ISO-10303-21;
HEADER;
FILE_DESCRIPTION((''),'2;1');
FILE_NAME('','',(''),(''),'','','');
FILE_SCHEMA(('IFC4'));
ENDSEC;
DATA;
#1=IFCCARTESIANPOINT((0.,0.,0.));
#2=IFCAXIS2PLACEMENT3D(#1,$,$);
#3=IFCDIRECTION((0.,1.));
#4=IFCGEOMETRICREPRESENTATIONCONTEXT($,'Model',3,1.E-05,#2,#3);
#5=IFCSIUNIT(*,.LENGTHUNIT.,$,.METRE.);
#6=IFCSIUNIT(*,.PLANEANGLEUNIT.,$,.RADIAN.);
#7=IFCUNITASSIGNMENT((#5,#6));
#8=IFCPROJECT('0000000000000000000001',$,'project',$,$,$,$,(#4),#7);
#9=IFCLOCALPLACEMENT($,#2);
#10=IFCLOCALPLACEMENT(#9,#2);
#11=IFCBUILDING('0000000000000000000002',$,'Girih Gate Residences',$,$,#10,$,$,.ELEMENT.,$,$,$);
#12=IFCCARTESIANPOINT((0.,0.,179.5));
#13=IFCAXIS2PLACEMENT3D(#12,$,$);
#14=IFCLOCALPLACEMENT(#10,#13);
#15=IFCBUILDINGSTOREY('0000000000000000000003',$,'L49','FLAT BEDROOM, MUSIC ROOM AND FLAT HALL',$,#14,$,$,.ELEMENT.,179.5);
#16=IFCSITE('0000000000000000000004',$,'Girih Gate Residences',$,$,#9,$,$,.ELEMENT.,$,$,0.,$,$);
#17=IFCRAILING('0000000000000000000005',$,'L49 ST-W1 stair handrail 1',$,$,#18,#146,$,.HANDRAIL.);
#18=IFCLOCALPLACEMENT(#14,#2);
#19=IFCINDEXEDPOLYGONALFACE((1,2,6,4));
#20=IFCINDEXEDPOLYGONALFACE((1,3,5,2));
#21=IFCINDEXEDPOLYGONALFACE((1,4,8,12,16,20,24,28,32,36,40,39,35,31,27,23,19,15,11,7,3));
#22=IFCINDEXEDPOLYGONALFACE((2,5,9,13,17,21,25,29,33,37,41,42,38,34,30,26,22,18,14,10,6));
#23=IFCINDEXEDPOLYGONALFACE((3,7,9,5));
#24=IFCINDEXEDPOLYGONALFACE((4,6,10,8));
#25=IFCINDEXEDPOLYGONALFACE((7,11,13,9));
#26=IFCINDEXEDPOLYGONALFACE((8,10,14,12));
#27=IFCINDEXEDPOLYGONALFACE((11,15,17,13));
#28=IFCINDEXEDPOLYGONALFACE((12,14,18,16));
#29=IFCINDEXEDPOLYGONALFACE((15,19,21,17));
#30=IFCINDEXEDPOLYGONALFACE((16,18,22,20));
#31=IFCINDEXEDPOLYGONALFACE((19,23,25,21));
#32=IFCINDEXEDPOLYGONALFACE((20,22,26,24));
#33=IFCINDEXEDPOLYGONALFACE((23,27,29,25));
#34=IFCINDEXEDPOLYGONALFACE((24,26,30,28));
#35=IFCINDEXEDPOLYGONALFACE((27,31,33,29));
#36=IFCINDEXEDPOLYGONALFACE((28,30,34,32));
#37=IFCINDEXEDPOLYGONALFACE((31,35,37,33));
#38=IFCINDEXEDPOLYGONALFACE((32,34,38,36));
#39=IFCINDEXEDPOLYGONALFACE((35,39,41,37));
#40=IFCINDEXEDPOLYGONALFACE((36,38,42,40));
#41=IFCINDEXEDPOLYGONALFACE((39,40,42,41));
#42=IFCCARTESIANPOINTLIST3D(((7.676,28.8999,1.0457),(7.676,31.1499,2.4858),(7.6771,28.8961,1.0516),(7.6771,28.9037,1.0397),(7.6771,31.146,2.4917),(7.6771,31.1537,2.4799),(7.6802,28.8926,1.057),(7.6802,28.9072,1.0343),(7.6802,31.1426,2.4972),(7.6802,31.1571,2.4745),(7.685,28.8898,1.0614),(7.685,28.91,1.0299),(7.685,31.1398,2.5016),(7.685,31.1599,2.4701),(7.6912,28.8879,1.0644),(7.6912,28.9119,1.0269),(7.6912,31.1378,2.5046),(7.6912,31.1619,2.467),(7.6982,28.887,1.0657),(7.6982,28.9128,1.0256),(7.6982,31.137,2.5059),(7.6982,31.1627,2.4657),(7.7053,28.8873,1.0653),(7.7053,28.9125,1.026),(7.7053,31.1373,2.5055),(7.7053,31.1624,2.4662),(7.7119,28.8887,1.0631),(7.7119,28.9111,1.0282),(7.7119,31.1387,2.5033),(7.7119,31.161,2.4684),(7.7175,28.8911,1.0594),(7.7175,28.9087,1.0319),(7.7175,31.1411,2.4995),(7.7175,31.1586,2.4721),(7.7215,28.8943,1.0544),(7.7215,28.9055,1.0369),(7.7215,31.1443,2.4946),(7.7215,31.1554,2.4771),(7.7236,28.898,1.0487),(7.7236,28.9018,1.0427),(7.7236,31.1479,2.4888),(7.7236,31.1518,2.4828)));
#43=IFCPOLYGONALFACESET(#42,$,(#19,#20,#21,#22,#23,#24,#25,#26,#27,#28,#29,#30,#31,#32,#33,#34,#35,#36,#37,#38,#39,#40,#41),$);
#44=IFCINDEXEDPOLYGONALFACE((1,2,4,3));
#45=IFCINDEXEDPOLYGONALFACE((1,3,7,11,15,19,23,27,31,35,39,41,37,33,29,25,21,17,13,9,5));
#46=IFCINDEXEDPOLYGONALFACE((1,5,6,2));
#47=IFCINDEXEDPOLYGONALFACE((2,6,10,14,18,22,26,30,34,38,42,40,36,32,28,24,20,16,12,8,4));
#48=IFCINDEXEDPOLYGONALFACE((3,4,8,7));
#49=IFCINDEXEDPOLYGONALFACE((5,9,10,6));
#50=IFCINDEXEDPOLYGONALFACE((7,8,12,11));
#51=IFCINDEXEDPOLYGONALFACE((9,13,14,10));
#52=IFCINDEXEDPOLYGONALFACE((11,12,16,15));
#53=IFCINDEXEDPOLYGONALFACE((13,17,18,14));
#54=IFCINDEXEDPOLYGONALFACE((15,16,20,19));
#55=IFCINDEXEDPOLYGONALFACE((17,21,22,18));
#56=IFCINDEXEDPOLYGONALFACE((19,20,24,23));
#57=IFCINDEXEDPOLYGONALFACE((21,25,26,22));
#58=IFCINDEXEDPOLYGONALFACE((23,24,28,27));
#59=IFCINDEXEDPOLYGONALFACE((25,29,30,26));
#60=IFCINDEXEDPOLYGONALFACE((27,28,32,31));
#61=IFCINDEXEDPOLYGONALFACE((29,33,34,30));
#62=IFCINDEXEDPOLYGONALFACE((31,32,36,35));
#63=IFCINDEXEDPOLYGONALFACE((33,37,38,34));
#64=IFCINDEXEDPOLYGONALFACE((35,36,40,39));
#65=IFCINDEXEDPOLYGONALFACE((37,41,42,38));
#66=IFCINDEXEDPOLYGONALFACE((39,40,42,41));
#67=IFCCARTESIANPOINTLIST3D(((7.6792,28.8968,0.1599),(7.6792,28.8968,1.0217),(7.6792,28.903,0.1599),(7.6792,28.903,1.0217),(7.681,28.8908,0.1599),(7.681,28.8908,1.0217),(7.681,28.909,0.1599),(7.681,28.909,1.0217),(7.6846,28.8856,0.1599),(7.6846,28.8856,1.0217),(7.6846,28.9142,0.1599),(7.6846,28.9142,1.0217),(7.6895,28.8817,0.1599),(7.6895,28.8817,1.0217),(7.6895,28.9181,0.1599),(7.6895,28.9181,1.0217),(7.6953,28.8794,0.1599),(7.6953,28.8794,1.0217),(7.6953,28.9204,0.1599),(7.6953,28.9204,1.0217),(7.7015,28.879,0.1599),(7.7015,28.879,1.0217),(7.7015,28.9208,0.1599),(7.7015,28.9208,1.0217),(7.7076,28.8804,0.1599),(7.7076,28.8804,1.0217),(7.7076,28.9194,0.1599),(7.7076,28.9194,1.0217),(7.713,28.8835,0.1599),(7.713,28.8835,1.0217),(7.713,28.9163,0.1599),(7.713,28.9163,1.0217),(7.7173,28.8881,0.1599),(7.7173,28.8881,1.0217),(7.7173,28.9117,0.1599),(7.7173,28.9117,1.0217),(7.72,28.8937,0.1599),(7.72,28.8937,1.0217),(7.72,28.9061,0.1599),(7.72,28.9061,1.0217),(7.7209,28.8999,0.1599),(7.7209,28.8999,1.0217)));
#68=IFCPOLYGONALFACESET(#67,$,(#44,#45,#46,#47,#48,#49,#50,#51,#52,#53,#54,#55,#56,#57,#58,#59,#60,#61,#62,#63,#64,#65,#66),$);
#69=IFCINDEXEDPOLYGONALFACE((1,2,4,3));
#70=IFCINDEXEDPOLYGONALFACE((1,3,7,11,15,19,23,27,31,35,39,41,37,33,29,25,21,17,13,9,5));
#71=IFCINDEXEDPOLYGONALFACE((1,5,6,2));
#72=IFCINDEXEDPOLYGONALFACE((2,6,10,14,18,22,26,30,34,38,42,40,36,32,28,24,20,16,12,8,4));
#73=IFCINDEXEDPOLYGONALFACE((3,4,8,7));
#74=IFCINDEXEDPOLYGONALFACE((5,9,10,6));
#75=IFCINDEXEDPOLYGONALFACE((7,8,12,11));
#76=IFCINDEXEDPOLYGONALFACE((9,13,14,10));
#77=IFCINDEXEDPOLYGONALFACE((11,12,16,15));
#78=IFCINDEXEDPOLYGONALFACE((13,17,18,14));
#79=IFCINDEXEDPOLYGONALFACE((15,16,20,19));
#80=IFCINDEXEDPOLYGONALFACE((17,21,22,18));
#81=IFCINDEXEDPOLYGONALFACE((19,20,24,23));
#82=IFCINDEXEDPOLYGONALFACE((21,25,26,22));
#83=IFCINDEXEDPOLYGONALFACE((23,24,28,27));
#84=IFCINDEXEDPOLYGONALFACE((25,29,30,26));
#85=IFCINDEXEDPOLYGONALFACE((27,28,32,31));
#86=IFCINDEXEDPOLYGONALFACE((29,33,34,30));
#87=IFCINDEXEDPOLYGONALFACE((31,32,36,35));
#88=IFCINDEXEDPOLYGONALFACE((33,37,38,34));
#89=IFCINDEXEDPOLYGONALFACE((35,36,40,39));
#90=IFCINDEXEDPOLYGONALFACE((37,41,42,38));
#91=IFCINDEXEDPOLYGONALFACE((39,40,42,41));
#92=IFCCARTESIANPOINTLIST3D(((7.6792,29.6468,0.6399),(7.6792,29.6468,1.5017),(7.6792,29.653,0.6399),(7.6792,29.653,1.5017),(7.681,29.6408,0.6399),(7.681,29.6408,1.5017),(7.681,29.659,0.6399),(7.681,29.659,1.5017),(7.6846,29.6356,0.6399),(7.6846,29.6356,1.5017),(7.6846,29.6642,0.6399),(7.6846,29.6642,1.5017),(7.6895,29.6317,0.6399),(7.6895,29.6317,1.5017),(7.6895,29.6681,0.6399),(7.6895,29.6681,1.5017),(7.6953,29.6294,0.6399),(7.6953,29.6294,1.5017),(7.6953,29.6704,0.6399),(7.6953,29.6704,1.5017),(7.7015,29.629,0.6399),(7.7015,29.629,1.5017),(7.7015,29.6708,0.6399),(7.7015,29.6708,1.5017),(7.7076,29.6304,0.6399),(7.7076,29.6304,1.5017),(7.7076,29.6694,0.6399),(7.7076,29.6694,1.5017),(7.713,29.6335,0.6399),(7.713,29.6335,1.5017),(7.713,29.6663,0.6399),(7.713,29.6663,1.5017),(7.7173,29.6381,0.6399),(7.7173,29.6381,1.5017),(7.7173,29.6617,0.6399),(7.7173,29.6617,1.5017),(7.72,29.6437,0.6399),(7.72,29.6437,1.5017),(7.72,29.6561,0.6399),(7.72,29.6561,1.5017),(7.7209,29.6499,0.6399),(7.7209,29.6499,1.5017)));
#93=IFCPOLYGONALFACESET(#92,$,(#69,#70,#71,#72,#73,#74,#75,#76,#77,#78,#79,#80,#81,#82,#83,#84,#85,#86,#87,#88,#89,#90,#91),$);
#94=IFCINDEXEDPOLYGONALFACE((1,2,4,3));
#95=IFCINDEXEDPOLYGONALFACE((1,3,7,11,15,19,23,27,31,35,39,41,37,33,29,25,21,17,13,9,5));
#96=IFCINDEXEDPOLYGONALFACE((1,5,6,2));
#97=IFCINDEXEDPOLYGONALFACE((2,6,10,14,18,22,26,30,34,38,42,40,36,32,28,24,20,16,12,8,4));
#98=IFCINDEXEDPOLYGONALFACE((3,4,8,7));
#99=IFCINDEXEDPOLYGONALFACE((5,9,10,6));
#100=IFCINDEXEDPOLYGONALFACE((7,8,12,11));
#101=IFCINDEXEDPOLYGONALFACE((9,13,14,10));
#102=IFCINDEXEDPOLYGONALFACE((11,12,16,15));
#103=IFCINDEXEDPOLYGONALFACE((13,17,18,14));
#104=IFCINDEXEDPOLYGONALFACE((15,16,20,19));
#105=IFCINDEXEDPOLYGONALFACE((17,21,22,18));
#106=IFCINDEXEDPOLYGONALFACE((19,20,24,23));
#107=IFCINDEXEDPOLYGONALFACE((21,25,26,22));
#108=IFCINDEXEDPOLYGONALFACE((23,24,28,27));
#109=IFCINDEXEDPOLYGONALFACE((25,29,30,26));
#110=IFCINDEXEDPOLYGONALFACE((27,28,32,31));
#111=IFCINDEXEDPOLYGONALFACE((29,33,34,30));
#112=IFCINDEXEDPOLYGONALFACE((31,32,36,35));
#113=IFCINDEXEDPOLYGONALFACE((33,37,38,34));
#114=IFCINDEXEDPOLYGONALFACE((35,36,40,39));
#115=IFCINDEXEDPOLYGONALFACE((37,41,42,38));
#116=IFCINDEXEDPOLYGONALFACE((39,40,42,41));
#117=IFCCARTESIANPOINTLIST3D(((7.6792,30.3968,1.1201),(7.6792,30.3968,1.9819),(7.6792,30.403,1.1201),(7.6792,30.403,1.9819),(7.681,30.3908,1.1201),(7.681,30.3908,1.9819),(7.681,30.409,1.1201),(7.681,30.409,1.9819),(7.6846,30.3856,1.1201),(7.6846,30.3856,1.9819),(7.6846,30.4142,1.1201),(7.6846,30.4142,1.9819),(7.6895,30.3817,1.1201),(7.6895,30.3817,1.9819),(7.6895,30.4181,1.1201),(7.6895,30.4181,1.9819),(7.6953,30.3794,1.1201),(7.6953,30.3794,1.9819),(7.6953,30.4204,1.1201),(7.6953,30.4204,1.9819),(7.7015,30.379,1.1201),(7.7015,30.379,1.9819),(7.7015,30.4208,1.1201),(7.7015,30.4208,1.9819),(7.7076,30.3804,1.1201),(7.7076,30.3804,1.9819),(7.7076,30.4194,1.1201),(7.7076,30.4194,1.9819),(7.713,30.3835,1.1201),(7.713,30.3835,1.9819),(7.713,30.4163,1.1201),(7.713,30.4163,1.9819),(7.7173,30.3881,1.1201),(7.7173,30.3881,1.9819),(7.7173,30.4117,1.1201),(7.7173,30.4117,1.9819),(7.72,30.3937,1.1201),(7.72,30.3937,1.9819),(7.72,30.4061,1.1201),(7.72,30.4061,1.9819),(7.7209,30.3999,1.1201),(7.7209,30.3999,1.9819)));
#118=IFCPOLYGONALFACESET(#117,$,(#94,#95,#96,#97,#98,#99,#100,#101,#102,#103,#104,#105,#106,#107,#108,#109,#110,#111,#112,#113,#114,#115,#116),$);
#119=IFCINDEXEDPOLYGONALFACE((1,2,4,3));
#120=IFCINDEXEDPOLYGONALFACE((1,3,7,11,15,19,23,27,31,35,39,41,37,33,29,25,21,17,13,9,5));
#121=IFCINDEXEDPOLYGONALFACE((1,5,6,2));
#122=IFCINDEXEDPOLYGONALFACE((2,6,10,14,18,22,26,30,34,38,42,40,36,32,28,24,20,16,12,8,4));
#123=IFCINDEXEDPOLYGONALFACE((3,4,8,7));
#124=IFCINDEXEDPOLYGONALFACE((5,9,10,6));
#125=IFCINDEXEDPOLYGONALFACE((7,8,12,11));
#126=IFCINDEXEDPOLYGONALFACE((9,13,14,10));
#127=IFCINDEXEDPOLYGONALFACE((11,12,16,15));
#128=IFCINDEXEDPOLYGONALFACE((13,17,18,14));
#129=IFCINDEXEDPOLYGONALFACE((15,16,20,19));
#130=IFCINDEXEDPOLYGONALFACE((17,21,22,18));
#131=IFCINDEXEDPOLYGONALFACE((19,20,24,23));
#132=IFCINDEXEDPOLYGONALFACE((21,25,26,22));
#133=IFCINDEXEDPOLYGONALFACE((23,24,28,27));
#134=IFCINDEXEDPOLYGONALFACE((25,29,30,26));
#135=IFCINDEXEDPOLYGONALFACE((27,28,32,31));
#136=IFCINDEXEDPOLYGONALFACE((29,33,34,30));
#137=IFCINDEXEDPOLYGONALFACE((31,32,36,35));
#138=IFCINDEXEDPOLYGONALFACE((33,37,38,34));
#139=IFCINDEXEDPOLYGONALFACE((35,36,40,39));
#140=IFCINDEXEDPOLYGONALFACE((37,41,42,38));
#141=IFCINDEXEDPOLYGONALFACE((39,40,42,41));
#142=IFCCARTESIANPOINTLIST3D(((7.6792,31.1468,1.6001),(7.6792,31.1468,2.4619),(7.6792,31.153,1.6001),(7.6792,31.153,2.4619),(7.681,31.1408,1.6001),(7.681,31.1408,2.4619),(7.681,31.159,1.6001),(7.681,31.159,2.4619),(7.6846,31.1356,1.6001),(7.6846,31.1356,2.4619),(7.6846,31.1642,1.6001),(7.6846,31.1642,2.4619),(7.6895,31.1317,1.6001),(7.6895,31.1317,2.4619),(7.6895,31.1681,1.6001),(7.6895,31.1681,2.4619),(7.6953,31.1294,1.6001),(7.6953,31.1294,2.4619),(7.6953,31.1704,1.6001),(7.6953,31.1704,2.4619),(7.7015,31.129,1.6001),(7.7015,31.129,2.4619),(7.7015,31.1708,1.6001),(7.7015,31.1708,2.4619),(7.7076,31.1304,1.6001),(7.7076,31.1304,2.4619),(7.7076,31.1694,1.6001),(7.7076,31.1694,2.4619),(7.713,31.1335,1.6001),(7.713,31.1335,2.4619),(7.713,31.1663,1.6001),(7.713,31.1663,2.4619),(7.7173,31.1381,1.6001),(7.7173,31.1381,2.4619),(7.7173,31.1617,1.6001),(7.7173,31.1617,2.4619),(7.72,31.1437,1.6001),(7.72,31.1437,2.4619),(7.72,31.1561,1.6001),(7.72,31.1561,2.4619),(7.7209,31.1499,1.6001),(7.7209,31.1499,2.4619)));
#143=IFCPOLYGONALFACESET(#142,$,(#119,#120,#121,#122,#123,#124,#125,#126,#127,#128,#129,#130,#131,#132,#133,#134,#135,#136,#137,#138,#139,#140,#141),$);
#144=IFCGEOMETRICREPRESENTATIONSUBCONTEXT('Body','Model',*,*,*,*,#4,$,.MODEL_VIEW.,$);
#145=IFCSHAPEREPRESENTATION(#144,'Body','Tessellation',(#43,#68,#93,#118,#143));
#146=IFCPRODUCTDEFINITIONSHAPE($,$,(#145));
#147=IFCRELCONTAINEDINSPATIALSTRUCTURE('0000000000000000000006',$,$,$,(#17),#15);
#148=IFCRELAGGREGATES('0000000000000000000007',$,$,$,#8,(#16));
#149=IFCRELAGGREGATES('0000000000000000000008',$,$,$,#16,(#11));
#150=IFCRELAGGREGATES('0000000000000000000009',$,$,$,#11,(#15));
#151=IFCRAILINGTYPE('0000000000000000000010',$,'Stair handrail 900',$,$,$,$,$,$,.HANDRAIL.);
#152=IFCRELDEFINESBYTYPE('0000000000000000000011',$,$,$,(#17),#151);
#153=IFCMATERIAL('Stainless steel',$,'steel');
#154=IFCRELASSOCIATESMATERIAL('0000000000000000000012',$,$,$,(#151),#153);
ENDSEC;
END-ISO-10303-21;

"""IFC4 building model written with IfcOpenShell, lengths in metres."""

from ifc_helpers import new_model, si_unit, direction, frame, origin, origin_2d, place, context, subcontext, project, spatial, circle, extrude, material, type_object, element, save


model = new_model("IFC4")

# Units and contexts
model_context = context("Model", 3, precision=1e-05, world=origin(), true_north=direction((0.0, 1.0)))
body_context = subcontext(model_context, "Body", "Model", "MODEL_VIEW")
ifc_project = project(units=[si_unit("LENGTHUNIT", "METRE"), si_unit("PLANEANGLEUNIT", "RADIAN")], contexts=[model_context])

# Site, building, storey
site_placement = place(None, origin())
site = spatial("IfcSite", under=ifc_project, at=site_placement, Name="Girih Gate Residences", CompositionType="ELEMENT", RefElevation=0.0)
building_placement = place(site_placement, origin())
building = spatial("IfcBuilding", under=site, at=building_placement, Name="Girih Gate Residences", CompositionType="ELEMENT")
storey_placement = place(building_placement, frame((0.0, 0.0, 179.5)))
storey = spatial("IfcBuildingStorey", under=building, at=storey_placement, Name="L49", Description="FLAT BEDROOM, MUSIC ROOM AND FLAT HALL", CompositionType="ELEMENT", Elevation=179.5)

# Shared definitions
ifc_material_1 = material(Name="Stainless steel", Category="steel")

# Railing
railing_type_1 = type_object("IfcRailingType", Name="Stair handrail 900", PredefinedType="HANDRAIL", material=ifc_material_1)
railing_1_placement = place(storey_placement, frame((7.7, 28.8999, 0.1599)))
element("IfcRailing", 1, at=railing_1_placement, inside=storey, type_object=railing_type_1, Name="L49 ST-W1 stair handrail 1", PredefinedType="HANDRAIL", context=body_context, shape_type="SweptSolid", body=[
    extrude(circle(Radius=0.0239, at=origin_2d()), frame((0.0, 0.0, 0.8857), z_axis=(0.0, 0.84224, 0.539103), x_axis=(-1.0, 0.0, 0.0)), (0.0, 0.0, 1.0), 2.6714),
    extrude(circle(Radius=0.021, at=origin_2d()), origin(), (0.0, 0.0, 1.0), 0.8618),
    extrude(circle(Radius=0.021, at=origin_2d()), frame((0.0, 0.75, 0.48)), (0.0, 0.0, 1.0), 0.8618),
    extrude(circle(Radius=0.021, at=origin_2d()), frame((0.0, 1.5, 0.9602)), (0.0, 0.0, 1.0), 0.8618),
    extrude(circle(Radius=0.021, at=origin_2d()), frame((0.0, 2.25, 1.4402)), (0.0, 0.0, 1.0), 0.8618),
])

save(model, "model.ifc")
